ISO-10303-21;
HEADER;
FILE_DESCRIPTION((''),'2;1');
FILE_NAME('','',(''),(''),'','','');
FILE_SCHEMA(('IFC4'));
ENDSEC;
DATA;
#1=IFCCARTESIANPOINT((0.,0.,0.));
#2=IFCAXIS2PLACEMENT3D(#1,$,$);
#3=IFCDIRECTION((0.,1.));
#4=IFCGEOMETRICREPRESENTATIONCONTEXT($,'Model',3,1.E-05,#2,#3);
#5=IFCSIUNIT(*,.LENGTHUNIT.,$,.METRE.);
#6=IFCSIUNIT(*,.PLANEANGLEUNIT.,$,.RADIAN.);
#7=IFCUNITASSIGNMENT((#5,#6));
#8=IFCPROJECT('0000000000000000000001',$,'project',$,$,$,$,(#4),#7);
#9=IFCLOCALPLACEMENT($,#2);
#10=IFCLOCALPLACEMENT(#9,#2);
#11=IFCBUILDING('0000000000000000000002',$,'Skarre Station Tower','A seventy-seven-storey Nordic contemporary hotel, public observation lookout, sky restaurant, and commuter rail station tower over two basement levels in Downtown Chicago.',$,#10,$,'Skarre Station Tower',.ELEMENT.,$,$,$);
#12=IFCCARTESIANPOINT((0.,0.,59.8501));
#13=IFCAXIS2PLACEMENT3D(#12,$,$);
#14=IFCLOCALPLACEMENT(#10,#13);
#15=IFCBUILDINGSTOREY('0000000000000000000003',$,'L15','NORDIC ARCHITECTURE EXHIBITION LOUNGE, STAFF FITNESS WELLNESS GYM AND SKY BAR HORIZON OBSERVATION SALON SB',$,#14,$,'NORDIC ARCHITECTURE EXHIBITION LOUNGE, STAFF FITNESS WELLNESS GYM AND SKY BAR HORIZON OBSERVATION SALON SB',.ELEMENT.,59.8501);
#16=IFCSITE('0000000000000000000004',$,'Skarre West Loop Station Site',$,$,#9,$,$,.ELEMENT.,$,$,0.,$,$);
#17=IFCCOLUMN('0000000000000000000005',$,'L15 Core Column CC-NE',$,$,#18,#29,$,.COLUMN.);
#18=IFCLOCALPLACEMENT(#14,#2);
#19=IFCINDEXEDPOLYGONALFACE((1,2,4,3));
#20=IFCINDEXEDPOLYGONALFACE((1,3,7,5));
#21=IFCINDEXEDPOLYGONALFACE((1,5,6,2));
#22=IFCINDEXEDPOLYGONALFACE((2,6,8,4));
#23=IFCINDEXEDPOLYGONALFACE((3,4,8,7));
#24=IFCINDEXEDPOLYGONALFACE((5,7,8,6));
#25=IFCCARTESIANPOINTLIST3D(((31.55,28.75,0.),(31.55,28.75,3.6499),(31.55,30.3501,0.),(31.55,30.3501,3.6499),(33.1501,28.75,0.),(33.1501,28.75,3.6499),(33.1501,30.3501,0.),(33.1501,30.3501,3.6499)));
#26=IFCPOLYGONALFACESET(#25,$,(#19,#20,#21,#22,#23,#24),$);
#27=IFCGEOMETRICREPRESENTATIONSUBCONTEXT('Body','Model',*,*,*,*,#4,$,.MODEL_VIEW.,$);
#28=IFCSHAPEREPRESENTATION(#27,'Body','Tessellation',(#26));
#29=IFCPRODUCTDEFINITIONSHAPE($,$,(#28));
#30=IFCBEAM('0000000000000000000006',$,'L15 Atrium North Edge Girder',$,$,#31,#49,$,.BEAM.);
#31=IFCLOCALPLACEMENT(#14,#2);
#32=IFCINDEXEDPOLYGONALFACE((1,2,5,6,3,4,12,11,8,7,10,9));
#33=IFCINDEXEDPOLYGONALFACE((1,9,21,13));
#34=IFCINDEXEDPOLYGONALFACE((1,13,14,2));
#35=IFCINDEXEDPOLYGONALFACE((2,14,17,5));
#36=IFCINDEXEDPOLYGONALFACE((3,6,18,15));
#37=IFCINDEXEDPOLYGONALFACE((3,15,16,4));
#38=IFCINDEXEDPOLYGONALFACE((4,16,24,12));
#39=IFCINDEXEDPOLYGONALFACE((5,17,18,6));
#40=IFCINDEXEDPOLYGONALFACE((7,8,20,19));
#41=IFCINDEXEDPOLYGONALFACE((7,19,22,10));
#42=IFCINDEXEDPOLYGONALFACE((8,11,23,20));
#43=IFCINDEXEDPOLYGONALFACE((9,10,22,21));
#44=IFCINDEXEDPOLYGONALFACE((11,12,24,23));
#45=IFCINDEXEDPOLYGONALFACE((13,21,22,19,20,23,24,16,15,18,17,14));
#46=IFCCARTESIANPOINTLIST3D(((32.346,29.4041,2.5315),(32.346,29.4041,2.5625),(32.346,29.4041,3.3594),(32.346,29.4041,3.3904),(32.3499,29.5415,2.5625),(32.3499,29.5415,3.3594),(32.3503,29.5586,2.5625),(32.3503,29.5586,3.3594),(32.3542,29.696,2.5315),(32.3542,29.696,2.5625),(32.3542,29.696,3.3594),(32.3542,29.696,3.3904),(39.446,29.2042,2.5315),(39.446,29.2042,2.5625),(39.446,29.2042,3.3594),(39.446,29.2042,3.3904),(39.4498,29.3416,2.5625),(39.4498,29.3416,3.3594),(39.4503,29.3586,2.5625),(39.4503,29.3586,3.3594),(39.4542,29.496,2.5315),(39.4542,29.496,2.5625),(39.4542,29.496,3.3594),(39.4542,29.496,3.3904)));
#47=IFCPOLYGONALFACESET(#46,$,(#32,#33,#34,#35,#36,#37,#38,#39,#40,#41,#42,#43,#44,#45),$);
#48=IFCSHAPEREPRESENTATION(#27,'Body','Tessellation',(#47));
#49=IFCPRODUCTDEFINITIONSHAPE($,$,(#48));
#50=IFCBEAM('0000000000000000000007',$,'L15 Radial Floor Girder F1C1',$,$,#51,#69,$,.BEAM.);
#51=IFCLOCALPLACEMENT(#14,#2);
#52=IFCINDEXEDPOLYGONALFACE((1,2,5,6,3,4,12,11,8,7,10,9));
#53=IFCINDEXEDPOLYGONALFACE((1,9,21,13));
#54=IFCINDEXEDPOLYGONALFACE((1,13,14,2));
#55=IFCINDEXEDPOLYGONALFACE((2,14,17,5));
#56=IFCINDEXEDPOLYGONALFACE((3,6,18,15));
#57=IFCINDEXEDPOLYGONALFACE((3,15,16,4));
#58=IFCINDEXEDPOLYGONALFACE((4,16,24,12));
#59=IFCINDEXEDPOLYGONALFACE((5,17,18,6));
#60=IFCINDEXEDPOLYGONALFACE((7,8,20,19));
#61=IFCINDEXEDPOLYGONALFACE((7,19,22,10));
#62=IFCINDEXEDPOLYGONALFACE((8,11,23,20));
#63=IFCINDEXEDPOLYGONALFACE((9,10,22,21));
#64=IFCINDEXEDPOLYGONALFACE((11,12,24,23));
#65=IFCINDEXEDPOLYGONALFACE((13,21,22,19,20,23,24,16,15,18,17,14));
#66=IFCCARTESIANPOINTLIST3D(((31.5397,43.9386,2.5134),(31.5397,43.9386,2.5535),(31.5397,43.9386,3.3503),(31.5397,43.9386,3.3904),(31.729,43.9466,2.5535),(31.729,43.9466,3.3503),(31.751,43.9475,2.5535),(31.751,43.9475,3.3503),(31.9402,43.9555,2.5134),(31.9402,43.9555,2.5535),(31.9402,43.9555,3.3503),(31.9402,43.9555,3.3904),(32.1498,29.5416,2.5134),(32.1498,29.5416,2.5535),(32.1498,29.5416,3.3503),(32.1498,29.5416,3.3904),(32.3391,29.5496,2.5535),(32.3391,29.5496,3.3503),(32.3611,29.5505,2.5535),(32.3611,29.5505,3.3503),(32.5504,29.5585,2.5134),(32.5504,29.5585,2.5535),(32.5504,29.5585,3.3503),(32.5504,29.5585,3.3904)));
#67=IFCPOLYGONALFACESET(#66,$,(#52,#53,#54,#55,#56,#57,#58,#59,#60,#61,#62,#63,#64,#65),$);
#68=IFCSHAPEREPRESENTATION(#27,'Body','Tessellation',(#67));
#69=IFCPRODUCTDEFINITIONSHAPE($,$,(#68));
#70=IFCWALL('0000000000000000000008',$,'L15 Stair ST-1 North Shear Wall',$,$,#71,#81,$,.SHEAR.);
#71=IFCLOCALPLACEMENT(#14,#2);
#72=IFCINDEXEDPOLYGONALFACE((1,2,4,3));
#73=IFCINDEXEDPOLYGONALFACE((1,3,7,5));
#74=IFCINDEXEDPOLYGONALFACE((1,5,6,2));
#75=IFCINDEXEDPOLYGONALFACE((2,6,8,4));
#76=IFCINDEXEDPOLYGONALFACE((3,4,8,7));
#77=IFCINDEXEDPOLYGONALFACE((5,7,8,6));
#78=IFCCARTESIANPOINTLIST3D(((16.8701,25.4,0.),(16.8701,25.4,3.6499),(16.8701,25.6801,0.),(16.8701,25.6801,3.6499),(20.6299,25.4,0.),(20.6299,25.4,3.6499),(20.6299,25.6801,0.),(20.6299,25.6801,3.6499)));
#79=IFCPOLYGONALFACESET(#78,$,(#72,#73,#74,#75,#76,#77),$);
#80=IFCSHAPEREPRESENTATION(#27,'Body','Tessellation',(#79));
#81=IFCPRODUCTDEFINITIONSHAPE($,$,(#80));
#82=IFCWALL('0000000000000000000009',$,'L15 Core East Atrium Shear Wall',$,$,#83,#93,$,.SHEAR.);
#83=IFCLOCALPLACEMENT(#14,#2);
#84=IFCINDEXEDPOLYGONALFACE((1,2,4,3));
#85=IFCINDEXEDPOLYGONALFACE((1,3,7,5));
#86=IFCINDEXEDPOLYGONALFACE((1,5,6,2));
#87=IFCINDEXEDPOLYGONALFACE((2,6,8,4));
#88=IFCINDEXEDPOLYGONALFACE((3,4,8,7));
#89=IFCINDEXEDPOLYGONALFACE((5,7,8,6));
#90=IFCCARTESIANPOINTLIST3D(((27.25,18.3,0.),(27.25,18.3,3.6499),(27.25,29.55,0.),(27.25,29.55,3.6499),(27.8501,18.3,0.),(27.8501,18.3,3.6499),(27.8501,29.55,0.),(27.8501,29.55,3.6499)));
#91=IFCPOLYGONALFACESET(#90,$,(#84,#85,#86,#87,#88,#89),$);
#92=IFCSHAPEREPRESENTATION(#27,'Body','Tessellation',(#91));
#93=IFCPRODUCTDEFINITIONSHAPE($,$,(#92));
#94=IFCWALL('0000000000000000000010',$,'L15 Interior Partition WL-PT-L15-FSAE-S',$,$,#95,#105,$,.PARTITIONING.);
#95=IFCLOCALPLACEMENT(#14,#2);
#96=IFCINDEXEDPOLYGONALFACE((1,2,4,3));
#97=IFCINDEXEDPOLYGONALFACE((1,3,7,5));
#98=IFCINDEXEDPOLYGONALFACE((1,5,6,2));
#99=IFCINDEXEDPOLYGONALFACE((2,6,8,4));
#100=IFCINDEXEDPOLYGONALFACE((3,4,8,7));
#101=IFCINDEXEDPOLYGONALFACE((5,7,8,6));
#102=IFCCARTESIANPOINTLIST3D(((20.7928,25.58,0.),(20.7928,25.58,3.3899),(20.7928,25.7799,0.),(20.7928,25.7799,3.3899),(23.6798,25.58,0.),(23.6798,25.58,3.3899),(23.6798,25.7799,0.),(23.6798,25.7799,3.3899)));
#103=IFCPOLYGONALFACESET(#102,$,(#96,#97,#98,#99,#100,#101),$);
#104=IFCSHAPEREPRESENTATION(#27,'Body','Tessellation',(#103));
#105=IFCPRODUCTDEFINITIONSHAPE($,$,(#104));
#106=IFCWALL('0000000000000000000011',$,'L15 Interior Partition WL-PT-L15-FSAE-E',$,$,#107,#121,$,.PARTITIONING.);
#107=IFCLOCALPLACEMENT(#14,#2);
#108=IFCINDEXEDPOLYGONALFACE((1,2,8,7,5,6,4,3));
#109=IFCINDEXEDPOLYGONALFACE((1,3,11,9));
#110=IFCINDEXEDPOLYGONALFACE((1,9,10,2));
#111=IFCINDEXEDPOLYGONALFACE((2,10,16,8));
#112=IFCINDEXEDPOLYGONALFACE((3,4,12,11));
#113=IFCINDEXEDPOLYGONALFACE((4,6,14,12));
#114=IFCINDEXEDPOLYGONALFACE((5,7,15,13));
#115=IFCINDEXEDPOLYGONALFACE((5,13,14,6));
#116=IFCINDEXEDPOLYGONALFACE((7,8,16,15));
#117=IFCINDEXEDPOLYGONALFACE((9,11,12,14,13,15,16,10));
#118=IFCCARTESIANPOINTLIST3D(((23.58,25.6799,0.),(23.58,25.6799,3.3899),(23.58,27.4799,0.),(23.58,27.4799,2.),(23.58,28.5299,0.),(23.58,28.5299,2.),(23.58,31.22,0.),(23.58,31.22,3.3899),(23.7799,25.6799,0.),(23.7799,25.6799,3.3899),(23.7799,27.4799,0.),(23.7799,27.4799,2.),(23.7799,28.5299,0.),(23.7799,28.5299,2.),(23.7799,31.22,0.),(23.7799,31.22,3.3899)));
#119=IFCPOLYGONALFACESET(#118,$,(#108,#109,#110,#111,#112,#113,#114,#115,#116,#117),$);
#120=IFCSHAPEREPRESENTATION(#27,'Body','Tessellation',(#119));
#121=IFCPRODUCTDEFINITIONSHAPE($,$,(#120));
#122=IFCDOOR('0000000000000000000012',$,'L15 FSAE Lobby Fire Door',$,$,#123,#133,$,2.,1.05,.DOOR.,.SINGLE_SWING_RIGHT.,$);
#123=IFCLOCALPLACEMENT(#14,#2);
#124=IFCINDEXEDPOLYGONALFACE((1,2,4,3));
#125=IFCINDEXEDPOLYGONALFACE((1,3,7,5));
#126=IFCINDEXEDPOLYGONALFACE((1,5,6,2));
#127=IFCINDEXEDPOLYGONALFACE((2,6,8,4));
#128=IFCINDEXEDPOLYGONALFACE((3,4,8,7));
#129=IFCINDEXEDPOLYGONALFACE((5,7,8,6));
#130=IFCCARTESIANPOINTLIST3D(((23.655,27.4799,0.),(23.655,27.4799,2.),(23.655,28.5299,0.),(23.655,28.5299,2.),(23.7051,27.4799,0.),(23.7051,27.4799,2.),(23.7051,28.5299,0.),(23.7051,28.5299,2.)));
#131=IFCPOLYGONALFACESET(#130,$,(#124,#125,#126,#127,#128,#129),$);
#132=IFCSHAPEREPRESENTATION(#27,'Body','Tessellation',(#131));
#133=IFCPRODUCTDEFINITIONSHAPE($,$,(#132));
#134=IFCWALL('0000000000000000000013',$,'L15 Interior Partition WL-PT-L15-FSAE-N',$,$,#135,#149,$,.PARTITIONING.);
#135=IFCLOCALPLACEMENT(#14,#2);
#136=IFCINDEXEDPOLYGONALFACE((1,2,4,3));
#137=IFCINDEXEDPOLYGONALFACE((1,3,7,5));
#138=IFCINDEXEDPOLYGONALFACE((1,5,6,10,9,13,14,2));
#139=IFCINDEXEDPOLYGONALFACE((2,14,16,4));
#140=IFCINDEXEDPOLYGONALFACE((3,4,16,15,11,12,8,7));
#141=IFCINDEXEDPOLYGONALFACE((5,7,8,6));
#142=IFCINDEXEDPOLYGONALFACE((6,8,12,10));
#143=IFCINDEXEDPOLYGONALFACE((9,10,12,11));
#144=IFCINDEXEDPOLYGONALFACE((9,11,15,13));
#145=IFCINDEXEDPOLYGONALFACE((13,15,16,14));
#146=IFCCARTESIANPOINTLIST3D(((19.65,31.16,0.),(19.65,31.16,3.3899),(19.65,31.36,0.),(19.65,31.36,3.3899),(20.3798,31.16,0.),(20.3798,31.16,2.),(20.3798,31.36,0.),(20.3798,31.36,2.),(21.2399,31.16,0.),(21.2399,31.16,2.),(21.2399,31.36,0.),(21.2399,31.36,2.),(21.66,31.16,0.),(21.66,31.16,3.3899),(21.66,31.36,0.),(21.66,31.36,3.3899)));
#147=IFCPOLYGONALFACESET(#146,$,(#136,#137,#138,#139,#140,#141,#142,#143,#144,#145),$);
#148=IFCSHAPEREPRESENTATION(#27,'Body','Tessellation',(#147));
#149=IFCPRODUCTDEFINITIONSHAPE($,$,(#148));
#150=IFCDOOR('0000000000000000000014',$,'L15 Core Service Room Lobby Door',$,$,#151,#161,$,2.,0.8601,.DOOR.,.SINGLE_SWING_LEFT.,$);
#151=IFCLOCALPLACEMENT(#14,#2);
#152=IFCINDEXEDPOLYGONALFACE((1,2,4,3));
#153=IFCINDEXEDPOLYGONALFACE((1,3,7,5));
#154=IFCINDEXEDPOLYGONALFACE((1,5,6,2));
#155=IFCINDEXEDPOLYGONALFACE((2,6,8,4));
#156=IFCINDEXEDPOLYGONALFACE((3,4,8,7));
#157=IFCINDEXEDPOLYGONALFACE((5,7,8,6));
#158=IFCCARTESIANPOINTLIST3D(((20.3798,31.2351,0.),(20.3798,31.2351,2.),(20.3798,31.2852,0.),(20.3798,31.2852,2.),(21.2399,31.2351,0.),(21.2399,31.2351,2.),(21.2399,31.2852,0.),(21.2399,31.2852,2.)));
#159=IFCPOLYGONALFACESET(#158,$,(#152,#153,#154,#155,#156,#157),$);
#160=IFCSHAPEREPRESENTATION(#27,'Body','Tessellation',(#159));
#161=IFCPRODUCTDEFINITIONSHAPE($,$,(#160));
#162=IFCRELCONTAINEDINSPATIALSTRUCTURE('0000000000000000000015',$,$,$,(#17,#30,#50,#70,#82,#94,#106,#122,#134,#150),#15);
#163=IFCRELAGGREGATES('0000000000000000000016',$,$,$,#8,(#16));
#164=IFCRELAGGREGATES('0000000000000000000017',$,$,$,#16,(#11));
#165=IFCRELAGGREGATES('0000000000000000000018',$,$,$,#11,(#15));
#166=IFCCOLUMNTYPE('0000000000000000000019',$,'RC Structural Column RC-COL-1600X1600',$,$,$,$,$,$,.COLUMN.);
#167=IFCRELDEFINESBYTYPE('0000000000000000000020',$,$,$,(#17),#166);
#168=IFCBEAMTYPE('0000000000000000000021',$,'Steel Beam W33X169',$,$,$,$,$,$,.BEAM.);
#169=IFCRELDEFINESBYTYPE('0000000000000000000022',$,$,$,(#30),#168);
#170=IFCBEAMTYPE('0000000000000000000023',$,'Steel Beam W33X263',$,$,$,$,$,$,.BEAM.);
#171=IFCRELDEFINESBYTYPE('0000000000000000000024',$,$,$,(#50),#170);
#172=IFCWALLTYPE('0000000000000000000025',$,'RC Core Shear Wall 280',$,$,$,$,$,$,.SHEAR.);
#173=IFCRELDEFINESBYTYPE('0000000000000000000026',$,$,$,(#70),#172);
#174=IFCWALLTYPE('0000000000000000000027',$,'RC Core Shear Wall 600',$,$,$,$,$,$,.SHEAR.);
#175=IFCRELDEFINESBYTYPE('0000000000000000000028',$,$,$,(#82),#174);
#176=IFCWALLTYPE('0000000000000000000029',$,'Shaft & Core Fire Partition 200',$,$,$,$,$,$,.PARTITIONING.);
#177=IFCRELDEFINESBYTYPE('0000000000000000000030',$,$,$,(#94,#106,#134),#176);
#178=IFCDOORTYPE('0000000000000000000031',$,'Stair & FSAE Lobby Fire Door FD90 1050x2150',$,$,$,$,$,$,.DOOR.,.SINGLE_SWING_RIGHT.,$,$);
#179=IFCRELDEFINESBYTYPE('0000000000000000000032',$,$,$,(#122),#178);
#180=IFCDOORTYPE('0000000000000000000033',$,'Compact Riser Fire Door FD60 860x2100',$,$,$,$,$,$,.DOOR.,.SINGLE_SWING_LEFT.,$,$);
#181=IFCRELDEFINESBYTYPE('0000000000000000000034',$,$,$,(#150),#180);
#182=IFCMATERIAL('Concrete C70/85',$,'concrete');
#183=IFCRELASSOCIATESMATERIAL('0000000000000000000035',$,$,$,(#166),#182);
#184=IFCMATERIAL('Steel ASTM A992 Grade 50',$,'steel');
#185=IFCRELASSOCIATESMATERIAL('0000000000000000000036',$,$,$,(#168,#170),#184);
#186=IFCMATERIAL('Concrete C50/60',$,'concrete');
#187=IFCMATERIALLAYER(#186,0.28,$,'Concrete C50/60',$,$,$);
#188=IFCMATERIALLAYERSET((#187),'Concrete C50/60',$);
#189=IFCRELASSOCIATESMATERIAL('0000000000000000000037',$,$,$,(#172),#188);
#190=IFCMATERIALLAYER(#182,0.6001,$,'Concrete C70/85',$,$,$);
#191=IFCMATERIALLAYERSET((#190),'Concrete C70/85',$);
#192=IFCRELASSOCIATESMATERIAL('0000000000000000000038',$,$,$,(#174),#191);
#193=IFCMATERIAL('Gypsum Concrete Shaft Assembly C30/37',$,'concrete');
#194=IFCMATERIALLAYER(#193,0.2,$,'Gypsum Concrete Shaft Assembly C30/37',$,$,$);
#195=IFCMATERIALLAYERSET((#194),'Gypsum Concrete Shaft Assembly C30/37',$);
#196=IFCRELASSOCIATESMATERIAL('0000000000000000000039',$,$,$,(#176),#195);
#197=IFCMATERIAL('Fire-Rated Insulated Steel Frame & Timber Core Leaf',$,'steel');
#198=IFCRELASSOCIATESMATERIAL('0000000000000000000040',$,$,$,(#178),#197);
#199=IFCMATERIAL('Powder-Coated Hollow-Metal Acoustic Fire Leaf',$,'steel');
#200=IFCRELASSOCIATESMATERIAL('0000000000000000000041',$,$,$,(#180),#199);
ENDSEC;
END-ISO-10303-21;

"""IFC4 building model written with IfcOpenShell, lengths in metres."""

from ifc_helpers import new_model, si_unit, direction, frame, frame_2d, origin, origin_2d, place, context, subcontext, project, spatial, rectangle, i_section, extrude, material, layer, layer_set, material_profile, profile_set, type_object, element, fill, save


model = new_model("IFC4")

# Units and contexts
model_context = context("Model", 3, precision=1e-05, world=origin(), true_north=direction((0.0, 1.0)))
body_context = subcontext(model_context, "Body", "Model", "MODEL_VIEW")
ifc_project = project(units=[si_unit("LENGTHUNIT", "METRE"), si_unit("PLANEANGLEUNIT", "RADIAN")], contexts=[model_context])

# Site, building, storey
site_placement = place(None, origin())
site = spatial("IfcSite", under=ifc_project, at=site_placement, Name="Skarre West Loop Station Site", CompositionType="ELEMENT", RefElevation=0.0)
building_placement = place(site_placement, origin())
building = spatial("IfcBuilding", under=site, at=building_placement, Name="Skarre Station Tower", Description="A seventy-seven-storey Nordic contemporary hotel, public observation lookout, sky restaurant, and commuter rail station tower over two basement levels in Downtown Chicago.", LongName="Skarre Station Tower", CompositionType="ELEMENT")
storey_placement = place(building_placement, frame((0.0, 0.0, 59.8501)))
storey = spatial("IfcBuildingStorey", under=building, at=storey_placement, Name="L15", Description="NORDIC ARCHITECTURE EXHIBITION LOUNGE, STAFF FITNESS WELLNESS GYM AND SKY BAR HORIZON OBSERVATION SALON SB", LongName="NORDIC ARCHITECTURE EXHIBITION LOUNGE, STAFF FITNESS WELLNESS GYM AND SKY BAR HORIZON OBSERVATION SALON SB", CompositionType="ELEMENT", Elevation=59.8501)

# Column
ifc_material_1 = material(Name="Concrete C70/85", Category="concrete")
ifc_material_profile_1 = material_profile(ifc_material_1, rectangle(XDim=1.6001, YDim=1.6001, at=origin_2d()), Name="Concrete C70/85")
ifc_profile_set_1 = profile_set([ifc_material_profile_1], Name="Concrete C70/85")
column_type = type_object("IfcColumnType", Name="RC Structural Column RC-COL-1600X1600", PredefinedType="COLUMN", material=ifc_profile_set_1)
column_placement = place(storey_placement, frame((32.3501, 29.55, 0.0), z_axis=(0.0, 0.0, 1.0), x_axis=(1.0, 0.0, 0.0)))
element("IfcColumn", 1, at=column_placement, inside=storey, type_object=column_type, Name="L15 Core Column CC-NE", PredefinedType="COLUMN", context=body_context, shape_type="SweptSolid", body=[
    extrude(rectangle(XDim=1.6001, YDim=1.6001, at=origin_2d()), origin(), (0.0, 0.0, 1.0), 3.6499),
])

# Beams
ifc_material_2 = material(Name="Steel ASTM A992 Grade 50", Category="steel")
ifc_material_profile_2 = material_profile(ifc_material_2, i_section(OverallWidth=0.292, OverallDepth=0.8589, WebThickness=0.0171, FlangeThickness=0.031, at=origin_2d()), Name="Steel ASTM A992 Grade 50")
ifc_profile_set_2 = profile_set([ifc_material_profile_2], Name="Steel ASTM A992 Grade 50")
beam_type_1 = type_object("IfcBeamType", Name="Steel Beam W33X169", PredefinedType="BEAM", material=ifc_profile_set_2)
beam_1_placement = place(storey_placement, frame((32.3501, 29.55, 2.9609), z_axis=(0.999604, -0.028152, 0.0), x_axis=(0.028152, 0.999604, 0.0)))
element("IfcBeam", 2, at=beam_1_placement, inside=storey, type_object=beam_type_1, Name="L15 Atrium North Edge Girder", PredefinedType="BEAM", context=body_context, shape_type="SweptSolid", body=[
    extrude(i_section(OverallWidth=0.292, OverallDepth=0.8589, WebThickness=0.0171, FlangeThickness=0.031, at=origin_2d()), origin(), (0.0, 0.0, 1.0), 7.1028),
])
ifc_material_profile_3 = material_profile(ifc_material_2, i_section(OverallWidth=0.4009, OverallDepth=0.877, WebThickness=0.022, FlangeThickness=0.04, at=origin_2d()), Name="Steel ASTM A992 Grade 50")
ifc_profile_set_3 = profile_set([ifc_material_profile_3], Name="Steel ASTM A992 Grade 50")
beam_type_2 = type_object("IfcBeamType", Name="Steel Beam W33X263", PredefinedType="BEAM", material=ifc_profile_set_3)
beam_2_placement = place(storey_placement, frame((32.3501, 29.55, 2.9519), z_axis=(-0.042339, 0.999103, 0.0), x_axis=(-0.999103, -0.042339, 0.0)))
element("IfcBeam", 3, at=beam_2_placement, inside=storey, type_object=beam_type_2, Name="L15 Radial Floor Girder F1C1", PredefinedType="BEAM", context=body_context, shape_type="SweptSolid", body=[
    extrude(i_section(OverallWidth=0.4009, OverallDepth=0.877, WebThickness=0.022, FlangeThickness=0.04, at=origin_2d()), origin(), (0.0, 0.0, 1.0), 14.4099),
])

# Walls
ifc_material_3 = material(Name="Concrete C50/60", Category="concrete")
ifc_layer_1 = layer(ifc_material_3, 0.28, Name="Concrete C50/60")
ifc_layer_set_1 = layer_set([ifc_layer_1], Name="Concrete C50/60")
wall_type_1 = type_object("IfcWallType", Name="RC Core Shear Wall 280", PredefinedType="SHEAR", material=ifc_layer_set_1)
wall_1_placement = place(storey_placement, frame((20.6299, 25.54, 0.0), z_axis=(0.0, 0.0, 1.0), x_axis=(-1.0, 0.0, 0.0)))
element("IfcWall", 4, at=wall_1_placement, inside=storey, type_object=wall_type_1, Name="L15 Stair ST-1 North Shear Wall", PredefinedType="SHEAR", context=body_context, shape_type="SweptSolid", body=[
    extrude(rectangle(XDim=3.7598, YDim=0.28, at=frame_2d((1.8799, 0.0))), origin(), (0.0, 0.0, 1.0), 3.6499),
])
ifc_layer_2 = layer(ifc_material_1, 0.6001, Name="Concrete C70/85")
ifc_layer_set_2 = layer_set([ifc_layer_2], Name="Concrete C70/85")
wall_type_2 = type_object("IfcWallType", Name="RC Core Shear Wall 600", PredefinedType="SHEAR", material=ifc_layer_set_2)
wall_2_placement = place(storey_placement, frame((27.55, 29.55, 0.0), z_axis=(0.0, 0.0, 1.0), x_axis=(0.0, -1.0, 0.0)))
element("IfcWall", 5, at=wall_2_placement, inside=storey, type_object=wall_type_2, Name="L15 Core East Atrium Shear Wall", PredefinedType="SHEAR", context=body_context, shape_type="SweptSolid", body=[
    extrude(rectangle(XDim=11.25, YDim=0.6001, at=frame_2d((5.625, 0.0))), origin(), (0.0, 0.0, 1.0), 3.6499),
])
ifc_material_4 = material(Name="Gypsum Concrete Shaft Assembly C30/37", Category="concrete")
ifc_layer_3 = layer(ifc_material_4, 0.2, Name="Gypsum Concrete Shaft Assembly C30/37")
ifc_layer_set_3 = layer_set([ifc_layer_3], Name="Gypsum Concrete Shaft Assembly C30/37")
wall_type_3 = type_object("IfcWallType", Name="Shaft & Core Fire Partition 200", PredefinedType="PARTITIONING", material=ifc_layer_set_3)
wall_3_placement = place(storey_placement, frame((20.793, 25.6799, 0.0), z_axis=(0.0, 0.0, 1.0), x_axis=(1.0, 0.0, 0.0)))
element("IfcWall", 6, at=wall_3_placement, inside=storey, type_object=wall_type_3, Name="L15 Interior Partition WL-PT-L15-FSAE-S", PredefinedType="PARTITIONING", context=body_context, shape_type="SweptSolid", body=[
    extrude(rectangle(XDim=2.887, YDim=0.2, at=frame_2d((1.4434, 0.0))), origin(), (0.0, 0.0, 1.0), 3.3899),
])

# Walls, openings, doors
wall_4_placement = place(storey_placement, frame((23.6799, 25.6799, 0.0), z_axis=(0.0, 0.0, 1.0), x_axis=(0.0, 1.0, 0.0)))
wall_4 = element("IfcWall", 7, at=wall_4_placement, inside=storey, type_object=wall_type_3, Name="L15 Interior Partition WL-PT-L15-FSAE-E", PredefinedType="PARTITIONING", context=body_context, shape_type="SweptSolid", body=[
    extrude(rectangle(XDim=5.54, YDim=0.2, at=frame_2d((2.77, 0.0))), origin(), (0.0, 0.0, 1.0), 3.3899),
])
opening_1_placement = place(wall_4_placement, frame((1.8, 0.0, 0.0)))
opening_1 = element("IfcOpeningElement", 8, at=opening_1_placement, cuts=wall_4, PredefinedType="OPENING", context=body_context, shape_type="SweptSolid", body=[
    extrude(rectangle(XDim=1.05, YDim=2.0, at=frame_2d((0.5249, 1.0))), frame((0.0, 0.1099, 0.0), z_axis=(0.0, -1.0, 0.0), x_axis=(1.0, 0.0, 0.0)), (0.0, 0.0, 1.0), 0.22),
])
ifc_material_5 = material(Name="Fire-Rated Insulated Steel Frame & Timber Core Leaf", Category="steel")
door_type_1 = type_object("IfcDoorType", Name="Stair & FSAE Lobby Fire Door FD90 1050x2150", OperationType="SINGLE_SWING_RIGHT", PredefinedType="DOOR", material=ifc_material_5)
door_1_placement = place(opening_1_placement, origin())
door_1 = element("IfcDoor", 9, at=door_1_placement, inside=storey, type_object=door_type_1, Name="L15 FSAE Lobby Fire Door", OperationType="SINGLE_SWING_RIGHT", OverallHeight=2.0, OverallWidth=1.05, PredefinedType="DOOR", context=body_context, shape_type="SweptSolid", body=[
    extrude(rectangle(XDim=1.05, YDim=2.0, at=frame_2d((0.5249, 1.0))), frame((0.0, 0.0249, 0.0), z_axis=(0.0, -1.0, 0.0), x_axis=(1.0, 0.0, 0.0)), (0.0, 0.0, 1.0), 0.05),
])
fill(opening_1, door_1)
wall_5_placement = place(storey_placement, frame((21.6599, 31.26, 0.0), z_axis=(0.0, 0.0, 1.0), x_axis=(-1.0, 0.0, 0.0)))
wall_5 = element("IfcWall", 10, at=wall_5_placement, inside=storey, type_object=wall_type_3, Name="L15 Interior Partition WL-PT-L15-FSAE-N", PredefinedType="PARTITIONING", context=body_context, shape_type="SweptSolid", body=[
    extrude(rectangle(XDim=2.01, YDim=0.2, at=frame_2d((1.0049, 0.0))), origin(), (0.0, 0.0, 1.0), 3.3899),
])
opening_2_placement = place(wall_5_placement, frame((0.4199, 0.0, 0.0)))
opening_2 = element("IfcOpeningElement", 11, at=opening_2_placement, cuts=wall_5, PredefinedType="OPENING", context=body_context, shape_type="SweptSolid", body=[
    extrude(rectangle(XDim=0.8601, YDim=2.0, at=frame_2d((0.4302, 1.0))), frame((0.0, 0.1099, 0.0), z_axis=(0.0, -1.0, 0.0), x_axis=(1.0, 0.0, 0.0)), (0.0, 0.0, 1.0), 0.22),
])
ifc_material_6 = material(Name="Powder-Coated Hollow-Metal Acoustic Fire Leaf", Category="steel")
door_type_2 = type_object("IfcDoorType", Name="Compact Riser Fire Door FD60 860x2100", OperationType="SINGLE_SWING_LEFT", PredefinedType="DOOR", material=ifc_material_6)
door_2_placement = place(opening_2_placement, origin())
door_2 = element("IfcDoor", 12, at=door_2_placement, inside=storey, type_object=door_type_2, Name="L15 Core Service Room Lobby Door", OperationType="SINGLE_SWING_LEFT", OverallHeight=2.0, OverallWidth=0.8601, PredefinedType="DOOR", context=body_context, shape_type="SweptSolid", body=[
    extrude(rectangle(XDim=0.8601, YDim=2.0, at=frame_2d((0.4302, 1.0))), frame((0.0, 0.0249, 0.0), z_axis=(0.0, -1.0, 0.0), x_axis=(1.0, 0.0, 0.0)), (0.0, 0.0, 1.0), 0.05),
])
fill(opening_2, door_2)

save(model, "model.ifc")
